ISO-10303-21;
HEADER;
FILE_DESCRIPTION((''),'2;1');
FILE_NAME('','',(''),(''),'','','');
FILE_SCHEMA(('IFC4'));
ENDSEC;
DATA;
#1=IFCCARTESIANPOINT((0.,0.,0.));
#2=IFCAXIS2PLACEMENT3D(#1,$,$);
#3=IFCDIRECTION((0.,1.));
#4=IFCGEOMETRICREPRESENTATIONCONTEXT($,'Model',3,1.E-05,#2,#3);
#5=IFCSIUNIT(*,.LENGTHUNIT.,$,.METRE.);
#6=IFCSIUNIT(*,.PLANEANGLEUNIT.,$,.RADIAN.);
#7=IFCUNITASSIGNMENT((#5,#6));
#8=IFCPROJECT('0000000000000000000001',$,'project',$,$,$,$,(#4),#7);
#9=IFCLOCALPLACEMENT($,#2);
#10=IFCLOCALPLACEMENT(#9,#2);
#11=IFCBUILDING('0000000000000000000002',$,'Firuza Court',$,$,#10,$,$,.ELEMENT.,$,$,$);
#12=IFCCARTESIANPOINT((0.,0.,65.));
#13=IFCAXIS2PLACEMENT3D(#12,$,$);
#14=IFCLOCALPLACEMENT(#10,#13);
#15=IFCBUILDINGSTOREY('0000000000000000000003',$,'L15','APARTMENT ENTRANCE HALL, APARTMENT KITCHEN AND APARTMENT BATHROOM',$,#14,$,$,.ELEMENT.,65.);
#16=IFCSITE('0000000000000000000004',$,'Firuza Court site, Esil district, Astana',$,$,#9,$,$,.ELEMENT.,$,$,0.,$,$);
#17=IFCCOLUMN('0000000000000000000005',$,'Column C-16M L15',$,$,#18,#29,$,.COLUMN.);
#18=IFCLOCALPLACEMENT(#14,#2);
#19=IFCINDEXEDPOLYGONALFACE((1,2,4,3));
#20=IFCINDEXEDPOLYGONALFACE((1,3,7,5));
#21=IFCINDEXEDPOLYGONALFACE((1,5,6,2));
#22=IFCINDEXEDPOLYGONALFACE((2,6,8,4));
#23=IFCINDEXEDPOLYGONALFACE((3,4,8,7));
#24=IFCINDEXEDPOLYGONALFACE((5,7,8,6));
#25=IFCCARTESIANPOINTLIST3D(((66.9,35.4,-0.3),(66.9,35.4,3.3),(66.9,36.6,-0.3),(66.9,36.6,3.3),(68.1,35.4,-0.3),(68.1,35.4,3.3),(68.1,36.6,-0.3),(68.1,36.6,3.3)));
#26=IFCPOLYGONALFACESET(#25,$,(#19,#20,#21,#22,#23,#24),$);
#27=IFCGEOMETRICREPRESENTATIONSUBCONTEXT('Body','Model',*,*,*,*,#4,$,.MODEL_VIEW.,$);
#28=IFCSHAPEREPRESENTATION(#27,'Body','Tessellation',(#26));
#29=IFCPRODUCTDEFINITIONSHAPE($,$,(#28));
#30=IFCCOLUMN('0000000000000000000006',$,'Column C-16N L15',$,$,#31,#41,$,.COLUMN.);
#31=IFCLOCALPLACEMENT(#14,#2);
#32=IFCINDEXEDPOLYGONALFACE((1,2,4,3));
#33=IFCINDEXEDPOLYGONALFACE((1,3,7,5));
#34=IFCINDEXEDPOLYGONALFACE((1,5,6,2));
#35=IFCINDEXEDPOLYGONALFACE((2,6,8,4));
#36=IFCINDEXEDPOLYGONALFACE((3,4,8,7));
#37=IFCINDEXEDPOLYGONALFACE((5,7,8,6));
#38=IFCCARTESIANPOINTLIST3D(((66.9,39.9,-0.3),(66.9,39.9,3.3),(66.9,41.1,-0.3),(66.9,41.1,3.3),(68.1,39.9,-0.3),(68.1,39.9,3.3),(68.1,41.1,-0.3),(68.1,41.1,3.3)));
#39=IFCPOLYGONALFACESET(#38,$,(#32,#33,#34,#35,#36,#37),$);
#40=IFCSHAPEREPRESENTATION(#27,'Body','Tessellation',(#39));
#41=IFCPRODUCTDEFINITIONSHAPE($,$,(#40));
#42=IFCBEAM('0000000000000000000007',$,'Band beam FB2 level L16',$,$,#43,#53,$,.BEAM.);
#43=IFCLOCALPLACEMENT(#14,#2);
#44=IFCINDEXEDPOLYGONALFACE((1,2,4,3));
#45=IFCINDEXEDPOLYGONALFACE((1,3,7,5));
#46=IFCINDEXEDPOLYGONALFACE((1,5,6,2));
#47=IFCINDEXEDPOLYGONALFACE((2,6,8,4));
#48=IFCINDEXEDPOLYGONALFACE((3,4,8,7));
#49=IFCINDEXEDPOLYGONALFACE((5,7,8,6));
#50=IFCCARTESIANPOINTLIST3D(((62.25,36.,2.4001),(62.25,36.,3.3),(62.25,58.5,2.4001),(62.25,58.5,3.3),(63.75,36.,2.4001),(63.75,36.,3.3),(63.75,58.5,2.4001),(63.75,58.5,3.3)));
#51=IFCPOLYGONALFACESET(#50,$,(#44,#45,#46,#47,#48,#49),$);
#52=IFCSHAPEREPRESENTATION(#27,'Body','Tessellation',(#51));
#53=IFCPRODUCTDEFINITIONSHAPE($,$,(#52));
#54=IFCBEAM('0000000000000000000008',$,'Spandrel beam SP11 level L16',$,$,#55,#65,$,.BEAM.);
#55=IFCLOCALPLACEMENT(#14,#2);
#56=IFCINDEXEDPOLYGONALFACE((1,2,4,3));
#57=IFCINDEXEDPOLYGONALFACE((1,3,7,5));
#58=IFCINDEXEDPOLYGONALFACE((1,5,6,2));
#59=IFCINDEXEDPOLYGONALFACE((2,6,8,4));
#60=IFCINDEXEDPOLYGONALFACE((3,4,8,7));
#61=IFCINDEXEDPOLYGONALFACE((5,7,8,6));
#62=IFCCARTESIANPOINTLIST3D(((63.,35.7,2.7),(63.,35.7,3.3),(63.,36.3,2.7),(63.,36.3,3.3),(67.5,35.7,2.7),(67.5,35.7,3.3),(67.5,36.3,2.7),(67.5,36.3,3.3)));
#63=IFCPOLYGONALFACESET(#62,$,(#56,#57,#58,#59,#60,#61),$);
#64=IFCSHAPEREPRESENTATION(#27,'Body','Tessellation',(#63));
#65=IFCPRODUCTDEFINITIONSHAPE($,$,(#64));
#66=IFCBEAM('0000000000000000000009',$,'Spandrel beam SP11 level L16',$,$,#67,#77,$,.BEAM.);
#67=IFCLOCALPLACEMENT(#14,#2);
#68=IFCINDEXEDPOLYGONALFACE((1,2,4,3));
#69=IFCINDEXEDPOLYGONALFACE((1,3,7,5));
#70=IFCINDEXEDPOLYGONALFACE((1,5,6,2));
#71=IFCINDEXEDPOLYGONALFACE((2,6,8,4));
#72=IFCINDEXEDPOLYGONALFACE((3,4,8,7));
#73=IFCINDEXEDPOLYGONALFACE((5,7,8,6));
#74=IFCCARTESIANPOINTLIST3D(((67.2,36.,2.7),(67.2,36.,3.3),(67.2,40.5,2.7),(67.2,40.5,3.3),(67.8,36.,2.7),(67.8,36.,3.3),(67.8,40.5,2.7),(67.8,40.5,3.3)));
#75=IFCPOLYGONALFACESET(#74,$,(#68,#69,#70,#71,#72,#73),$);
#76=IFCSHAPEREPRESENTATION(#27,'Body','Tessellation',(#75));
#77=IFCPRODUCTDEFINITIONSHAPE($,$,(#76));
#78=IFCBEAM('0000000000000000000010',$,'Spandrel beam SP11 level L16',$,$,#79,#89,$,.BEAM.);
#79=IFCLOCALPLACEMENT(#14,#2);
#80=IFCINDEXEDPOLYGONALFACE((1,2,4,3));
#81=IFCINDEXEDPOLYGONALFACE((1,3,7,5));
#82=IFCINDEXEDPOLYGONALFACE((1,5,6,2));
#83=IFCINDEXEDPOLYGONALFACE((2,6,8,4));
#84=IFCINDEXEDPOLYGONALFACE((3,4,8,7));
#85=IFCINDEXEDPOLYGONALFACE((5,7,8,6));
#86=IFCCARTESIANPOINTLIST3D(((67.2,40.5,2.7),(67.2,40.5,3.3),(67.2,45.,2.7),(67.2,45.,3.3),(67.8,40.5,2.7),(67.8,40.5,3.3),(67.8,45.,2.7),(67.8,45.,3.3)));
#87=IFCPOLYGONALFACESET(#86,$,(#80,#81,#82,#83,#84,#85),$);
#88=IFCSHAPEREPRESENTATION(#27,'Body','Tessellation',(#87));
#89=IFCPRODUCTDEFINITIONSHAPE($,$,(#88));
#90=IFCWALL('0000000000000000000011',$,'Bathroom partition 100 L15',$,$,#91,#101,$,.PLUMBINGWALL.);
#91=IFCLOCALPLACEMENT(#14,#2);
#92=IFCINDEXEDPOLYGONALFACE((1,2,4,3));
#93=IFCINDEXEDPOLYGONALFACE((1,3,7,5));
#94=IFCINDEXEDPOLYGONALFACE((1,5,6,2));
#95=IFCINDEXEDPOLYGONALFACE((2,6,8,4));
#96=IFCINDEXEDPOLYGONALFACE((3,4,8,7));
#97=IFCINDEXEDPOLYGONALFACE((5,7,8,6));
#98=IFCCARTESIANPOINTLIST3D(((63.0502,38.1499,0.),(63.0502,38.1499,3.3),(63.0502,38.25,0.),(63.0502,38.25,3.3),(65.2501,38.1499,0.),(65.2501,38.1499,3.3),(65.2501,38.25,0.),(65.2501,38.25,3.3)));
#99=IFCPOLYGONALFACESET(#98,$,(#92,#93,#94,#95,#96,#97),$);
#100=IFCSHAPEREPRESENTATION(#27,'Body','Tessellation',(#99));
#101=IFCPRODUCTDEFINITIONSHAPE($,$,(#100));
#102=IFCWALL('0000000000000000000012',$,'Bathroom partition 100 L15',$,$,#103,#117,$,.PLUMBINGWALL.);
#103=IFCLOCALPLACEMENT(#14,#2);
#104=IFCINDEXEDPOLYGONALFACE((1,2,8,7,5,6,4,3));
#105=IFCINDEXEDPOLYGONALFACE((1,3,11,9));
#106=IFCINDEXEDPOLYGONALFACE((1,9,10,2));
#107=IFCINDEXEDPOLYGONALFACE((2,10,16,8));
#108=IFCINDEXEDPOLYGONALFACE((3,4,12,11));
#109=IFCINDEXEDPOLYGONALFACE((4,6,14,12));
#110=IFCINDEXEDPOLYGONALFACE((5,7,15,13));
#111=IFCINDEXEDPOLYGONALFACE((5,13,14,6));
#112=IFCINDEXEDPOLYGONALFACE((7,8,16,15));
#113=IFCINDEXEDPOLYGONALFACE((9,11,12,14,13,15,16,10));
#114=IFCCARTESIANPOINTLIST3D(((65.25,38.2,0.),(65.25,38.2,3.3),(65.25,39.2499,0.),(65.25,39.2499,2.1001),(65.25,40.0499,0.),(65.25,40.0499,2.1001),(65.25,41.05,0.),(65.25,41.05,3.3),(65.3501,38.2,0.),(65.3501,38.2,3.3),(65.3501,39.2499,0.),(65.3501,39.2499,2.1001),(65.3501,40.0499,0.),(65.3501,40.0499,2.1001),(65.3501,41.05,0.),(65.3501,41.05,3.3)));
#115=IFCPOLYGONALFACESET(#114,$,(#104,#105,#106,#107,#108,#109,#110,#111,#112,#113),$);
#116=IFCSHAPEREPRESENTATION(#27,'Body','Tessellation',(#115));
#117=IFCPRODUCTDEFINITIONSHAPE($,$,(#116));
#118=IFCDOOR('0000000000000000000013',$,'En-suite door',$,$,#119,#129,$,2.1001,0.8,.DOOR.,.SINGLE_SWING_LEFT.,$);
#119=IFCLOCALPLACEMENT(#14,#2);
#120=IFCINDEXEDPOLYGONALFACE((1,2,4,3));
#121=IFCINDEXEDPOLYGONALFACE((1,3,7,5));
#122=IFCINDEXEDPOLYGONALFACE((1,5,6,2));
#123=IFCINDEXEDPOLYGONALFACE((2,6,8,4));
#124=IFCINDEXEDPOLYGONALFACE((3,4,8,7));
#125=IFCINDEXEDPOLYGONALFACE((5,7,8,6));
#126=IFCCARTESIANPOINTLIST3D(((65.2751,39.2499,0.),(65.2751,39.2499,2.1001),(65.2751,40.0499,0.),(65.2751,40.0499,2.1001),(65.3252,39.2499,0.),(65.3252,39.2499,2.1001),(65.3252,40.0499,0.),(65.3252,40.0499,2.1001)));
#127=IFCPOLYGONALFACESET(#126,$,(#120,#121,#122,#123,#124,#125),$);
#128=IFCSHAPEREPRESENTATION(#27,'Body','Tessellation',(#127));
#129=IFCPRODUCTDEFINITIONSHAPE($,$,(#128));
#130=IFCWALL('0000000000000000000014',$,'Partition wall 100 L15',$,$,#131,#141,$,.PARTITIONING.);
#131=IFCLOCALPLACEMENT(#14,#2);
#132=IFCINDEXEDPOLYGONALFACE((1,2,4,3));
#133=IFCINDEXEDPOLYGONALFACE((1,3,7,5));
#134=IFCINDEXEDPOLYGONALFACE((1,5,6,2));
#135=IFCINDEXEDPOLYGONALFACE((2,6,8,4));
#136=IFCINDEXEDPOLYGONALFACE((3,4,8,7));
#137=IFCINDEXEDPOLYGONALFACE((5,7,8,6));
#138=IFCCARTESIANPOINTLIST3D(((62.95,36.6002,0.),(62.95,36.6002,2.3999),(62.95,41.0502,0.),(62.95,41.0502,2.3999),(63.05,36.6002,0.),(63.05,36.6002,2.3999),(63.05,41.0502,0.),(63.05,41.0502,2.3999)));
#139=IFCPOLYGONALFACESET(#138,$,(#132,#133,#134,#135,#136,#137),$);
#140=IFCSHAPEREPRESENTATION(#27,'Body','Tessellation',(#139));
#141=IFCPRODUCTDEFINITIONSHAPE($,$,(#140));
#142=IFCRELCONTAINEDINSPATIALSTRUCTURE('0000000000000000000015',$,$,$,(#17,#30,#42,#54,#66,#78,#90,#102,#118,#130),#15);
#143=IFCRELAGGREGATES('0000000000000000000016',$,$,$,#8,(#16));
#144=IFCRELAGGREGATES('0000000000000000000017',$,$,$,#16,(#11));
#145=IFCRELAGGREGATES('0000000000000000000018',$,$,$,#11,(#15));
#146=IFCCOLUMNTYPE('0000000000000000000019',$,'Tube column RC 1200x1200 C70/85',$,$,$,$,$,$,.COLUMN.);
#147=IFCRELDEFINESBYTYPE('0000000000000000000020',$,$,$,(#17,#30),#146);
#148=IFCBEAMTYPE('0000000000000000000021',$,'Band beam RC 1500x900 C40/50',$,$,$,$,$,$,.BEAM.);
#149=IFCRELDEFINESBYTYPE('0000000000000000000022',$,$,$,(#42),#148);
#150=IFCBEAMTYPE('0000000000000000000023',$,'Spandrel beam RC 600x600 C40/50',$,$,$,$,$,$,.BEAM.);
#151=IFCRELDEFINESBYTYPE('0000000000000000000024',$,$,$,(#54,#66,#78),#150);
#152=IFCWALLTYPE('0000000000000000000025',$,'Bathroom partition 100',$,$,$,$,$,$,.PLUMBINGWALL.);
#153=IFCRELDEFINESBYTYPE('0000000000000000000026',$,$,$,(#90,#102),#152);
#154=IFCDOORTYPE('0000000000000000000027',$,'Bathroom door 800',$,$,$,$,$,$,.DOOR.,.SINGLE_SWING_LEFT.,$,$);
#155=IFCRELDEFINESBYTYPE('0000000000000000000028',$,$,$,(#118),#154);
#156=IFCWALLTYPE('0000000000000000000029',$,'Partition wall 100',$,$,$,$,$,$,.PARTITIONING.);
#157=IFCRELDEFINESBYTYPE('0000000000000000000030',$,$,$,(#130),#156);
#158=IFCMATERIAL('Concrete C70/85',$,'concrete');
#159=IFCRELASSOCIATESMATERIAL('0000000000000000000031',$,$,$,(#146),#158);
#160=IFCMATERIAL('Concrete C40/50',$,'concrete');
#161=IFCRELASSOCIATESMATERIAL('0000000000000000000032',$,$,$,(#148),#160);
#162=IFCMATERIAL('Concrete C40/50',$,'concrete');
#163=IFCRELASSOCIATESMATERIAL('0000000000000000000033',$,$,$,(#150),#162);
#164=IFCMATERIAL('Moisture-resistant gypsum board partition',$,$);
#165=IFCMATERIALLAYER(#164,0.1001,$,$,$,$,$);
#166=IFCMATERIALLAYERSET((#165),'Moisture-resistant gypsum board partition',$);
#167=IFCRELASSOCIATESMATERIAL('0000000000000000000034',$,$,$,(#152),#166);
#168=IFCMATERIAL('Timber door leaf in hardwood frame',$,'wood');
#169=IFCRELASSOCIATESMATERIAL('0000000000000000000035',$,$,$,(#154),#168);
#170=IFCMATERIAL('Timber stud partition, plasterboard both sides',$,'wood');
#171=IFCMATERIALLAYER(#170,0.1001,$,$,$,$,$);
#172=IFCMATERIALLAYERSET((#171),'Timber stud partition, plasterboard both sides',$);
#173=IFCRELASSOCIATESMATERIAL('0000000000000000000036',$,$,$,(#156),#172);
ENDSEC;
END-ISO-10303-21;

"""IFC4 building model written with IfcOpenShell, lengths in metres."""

from ifc_helpers import new_model, si_unit, direction, frame, frame_2d, origin, origin_2d, place, context, subcontext, project, spatial, rectangle, extrude, material, layer, layer_set, material_profile, profile_set, type_object, element, fill, save


model = new_model("IFC4")

# Units and contexts
model_context = context("Model", 3, precision=1e-05, world=origin(), true_north=direction((0.0, 1.0)))
body_context = subcontext(model_context, "Body", "Model", "MODEL_VIEW")
ifc_project = project(units=[si_unit("LENGTHUNIT", "METRE"), si_unit("PLANEANGLEUNIT", "RADIAN")], contexts=[model_context])

# Site, building, storey
site_placement = place(None, origin())
site = spatial("IfcSite", under=ifc_project, at=site_placement, Name="Firuza Court site, Esil district, Astana", CompositionType="ELEMENT", RefElevation=0.0)
building_placement = place(site_placement, origin())
building = spatial("IfcBuilding", under=site, at=building_placement, Name="Firuza Court", CompositionType="ELEMENT")
storey_placement = place(building_placement, frame((0.0, 0.0, 65.0)))
storey = spatial("IfcBuildingStorey", under=building, at=storey_placement, Name="L15", Description="APARTMENT ENTRANCE HALL, APARTMENT KITCHEN AND APARTMENT BATHROOM", CompositionType="ELEMENT", Elevation=65.0)

# Columns
ifc_material_1 = material(Name="Concrete C70/85", Category="concrete")
ifc_material_profile_1 = material_profile(ifc_material_1, rectangle(XDim=1.2, YDim=1.2, at=origin_2d()), Name="RC 1200x1200")
ifc_profile_set_1 = profile_set([ifc_material_profile_1], Name="Concrete C70/85")
column_type = type_object("IfcColumnType", Name="Tube column RC 1200x1200 C70/85", PredefinedType="COLUMN", material=ifc_profile_set_1)
for number, where, z_axis, x_axis, name in (
    (1, (67.5, 36.0, -0.3), (0.0, 0.0, 1.0), (1.0, 0.0, 0.0), "Column C-16M L15"),
    (2, (67.5, 40.5, -0.3), (0.0, 0.0, 1.0), (1.0, 0.0, 0.0), "Column C-16N L15"),
):
    element("IfcColumn", number, at=place(storey_placement, frame(where, z_axis=z_axis, x_axis=x_axis)), inside=storey, type_object=column_type, Name=name, PredefinedType="COLUMN", context=body_context, shape_type="SweptSolid", body=[
        extrude(rectangle(XDim=1.2, YDim=1.2, at=origin_2d()), origin(), (0.0, 0.0, 1.0), 3.6001),
    ])

# Beams
ifc_material_2 = material(Name="Concrete C40/50", Category="concrete")
ifc_material_profile_2 = material_profile(ifc_material_2, rectangle(XDim=1.5, YDim=0.8999, at=origin_2d()), Name="RC 1500x900")
ifc_profile_set_2 = profile_set([ifc_material_profile_2], Name="Concrete C40/50")
beam_type_1 = type_object("IfcBeamType", Name="Band beam RC 1500x900 C40/50", PredefinedType="BEAM", material=ifc_profile_set_2)
beam_placement = place(storey_placement, frame((63.0, 36.0, 2.8501), z_axis=(0.0, 1.0, 0.0), x_axis=(-1.0, 0.0, 0.0)))
element("IfcBeam", 3, at=beam_placement, inside=storey, type_object=beam_type_1, Name="Band beam FB2 level L16", PredefinedType="BEAM", context=body_context, shape_type="SweptSolid", body=[
    extrude(rectangle(XDim=1.5, YDim=0.8999, at=origin_2d()), origin(), (0.0, 0.0, 1.0), 22.5),
])
ifc_material_3 = material(Name="Concrete C40/50", Category="concrete")
ifc_material_profile_3 = material_profile(ifc_material_3, rectangle(XDim=0.6001, YDim=0.6001, at=origin_2d()), Name="RC 600x600")
ifc_profile_set_3 = profile_set([ifc_material_profile_3], Name="Concrete C40/50")
beam_type_2 = type_object("IfcBeamType", Name="Spandrel beam RC 600x600 C40/50", PredefinedType="BEAM", material=ifc_profile_set_3)
for number, where, z_axis, x_axis, name in (
    (4, (63.0, 36.0, 3.0), (1.0, 0.0, 0.0), (0.0, 1.0, 0.0), "Spandrel beam SP11 level L16"),
    (5, (67.5, 36.0, 3.0), (0.0, 1.0, 0.0), (-1.0, 0.0, 0.0), "Spandrel beam SP11 level L16"),
    (6, (67.5, 40.5, 3.0), (0.0, 1.0, 0.0), (-1.0, 0.0, 0.0), "Spandrel beam SP11 level L16"),
):
    element("IfcBeam", number, at=place(storey_placement, frame(where, z_axis=z_axis, x_axis=x_axis)), inside=storey, type_object=beam_type_2, Name=name, PredefinedType="BEAM", context=body_context, shape_type="SweptSolid", body=[
        extrude(rectangle(XDim=0.6001, YDim=0.6001, at=origin_2d()), origin(), (0.0, 0.0, 1.0), 4.5),
    ])

# Wall
ifc_material_4 = material(Name="Moisture-resistant gypsum board partition")
ifc_layer_1 = layer(ifc_material_4, 0.1001)
ifc_layer_set_1 = layer_set([ifc_layer_1], Name="Moisture-resistant gypsum board partition")
wall_type_1 = type_object("IfcWallType", Name="Bathroom partition 100", PredefinedType="PLUMBINGWALL", material=ifc_layer_set_1)
wall_1_placement = place(storey_placement, frame((63.05, 38.2, 0.0), z_axis=(0.0, 0.0, 1.0), x_axis=(1.0, 0.0, 0.0)))
element("IfcWall", 7, at=wall_1_placement, inside=storey, type_object=wall_type_1, Name="Bathroom partition 100 L15", PredefinedType="PLUMBINGWALL", context=body_context, shape_type="SweptSolid", body=[
    extrude(rectangle(XDim=2.2, YDim=0.1001, at=frame_2d((1.1001, 0.0))), origin(), (0.0, 0.0, 1.0), 3.3),
])

# Wall, opening, door
wall_2_placement = place(storey_placement, frame((65.3, 38.2, 0.0), z_axis=(0.0, 0.0, 1.0), x_axis=(0.0, 1.0, 0.0)))
wall_2 = element("IfcWall", 8, at=wall_2_placement, inside=storey, type_object=wall_type_1, Name="Bathroom partition 100 L15", PredefinedType="PLUMBINGWALL", context=body_context, shape_type="SweptSolid", body=[
    extrude(rectangle(XDim=2.8501, YDim=0.1001, at=frame_2d((1.425, 0.0))), origin(), (0.0, 0.0, 1.0), 3.3),
])
opening_1_placement = place(wall_2_placement, frame((1.05, 0.0, 0.0)))
opening_1 = element("IfcOpeningElement", 9, at=opening_1_placement, cuts=wall_2, PredefinedType="OPENING", context=body_context, shape_type="SweptSolid", body=[
    extrude(rectangle(XDim=0.8, YDim=2.1001, at=frame_2d((0.3999, 1.05))), frame((0.0, 0.062, 0.0), z_axis=(0.0, -1.0, 0.0), x_axis=(1.0, 0.0, 0.0)), (0.0, 0.0, 1.0), 0.124),
])
ifc_material_5 = material(Name="Timber door leaf in hardwood frame", Category="wood")
door_type = type_object("IfcDoorType", Name="Bathroom door 800", OperationType="SINGLE_SWING_LEFT", PredefinedType="DOOR", material=ifc_material_5)
door_placement = place(opening_1_placement, origin())
door = element("IfcDoor", 10, at=door_placement, inside=storey, type_object=door_type, Name="En-suite door", OperationType="SINGLE_SWING_LEFT", OverallHeight=2.1001, OverallWidth=0.8, PredefinedType="DOOR", context=body_context, shape_type="SweptSolid", body=[
    extrude(rectangle(XDim=0.8, YDim=2.1001, at=frame_2d((0.3999, 1.05))), frame((0.0, 0.0249, 0.0), z_axis=(0.0, -1.0, 0.0), x_axis=(1.0, 0.0, 0.0)), (0.0, 0.0, 1.0), 0.05),
])
fill(opening_1, door)

# Wall
ifc_material_6 = material(Name="Timber stud partition, plasterboard both sides", Category="wood")
ifc_layer_2 = layer(ifc_material_6, 0.1001)
ifc_layer_set_2 = layer_set([ifc_layer_2], Name="Timber stud partition, plasterboard both sides")
wall_type_2 = type_object("IfcWallType", Name="Partition wall 100", PredefinedType="PARTITIONING", material=ifc_layer_set_2)
wall_3_placement = place(storey_placement, frame((63.0, 36.6001, 0.0), z_axis=(0.0, 0.0, 1.0), x_axis=(0.0, 1.0, 0.0)))
element("IfcWall", 11, at=wall_3_placement, inside=storey, type_object=wall_type_2, Name="Partition wall 100 L15", PredefinedType="PARTITIONING", context=body_context, shape_type="SweptSolid", body=[
    extrude(rectangle(XDim=4.45, YDim=0.1001, at=frame_2d((2.2251, 0.0))), origin(), (0.0, 0.0, 1.0), 2.3999),
])

save(model, "model.ifc")
